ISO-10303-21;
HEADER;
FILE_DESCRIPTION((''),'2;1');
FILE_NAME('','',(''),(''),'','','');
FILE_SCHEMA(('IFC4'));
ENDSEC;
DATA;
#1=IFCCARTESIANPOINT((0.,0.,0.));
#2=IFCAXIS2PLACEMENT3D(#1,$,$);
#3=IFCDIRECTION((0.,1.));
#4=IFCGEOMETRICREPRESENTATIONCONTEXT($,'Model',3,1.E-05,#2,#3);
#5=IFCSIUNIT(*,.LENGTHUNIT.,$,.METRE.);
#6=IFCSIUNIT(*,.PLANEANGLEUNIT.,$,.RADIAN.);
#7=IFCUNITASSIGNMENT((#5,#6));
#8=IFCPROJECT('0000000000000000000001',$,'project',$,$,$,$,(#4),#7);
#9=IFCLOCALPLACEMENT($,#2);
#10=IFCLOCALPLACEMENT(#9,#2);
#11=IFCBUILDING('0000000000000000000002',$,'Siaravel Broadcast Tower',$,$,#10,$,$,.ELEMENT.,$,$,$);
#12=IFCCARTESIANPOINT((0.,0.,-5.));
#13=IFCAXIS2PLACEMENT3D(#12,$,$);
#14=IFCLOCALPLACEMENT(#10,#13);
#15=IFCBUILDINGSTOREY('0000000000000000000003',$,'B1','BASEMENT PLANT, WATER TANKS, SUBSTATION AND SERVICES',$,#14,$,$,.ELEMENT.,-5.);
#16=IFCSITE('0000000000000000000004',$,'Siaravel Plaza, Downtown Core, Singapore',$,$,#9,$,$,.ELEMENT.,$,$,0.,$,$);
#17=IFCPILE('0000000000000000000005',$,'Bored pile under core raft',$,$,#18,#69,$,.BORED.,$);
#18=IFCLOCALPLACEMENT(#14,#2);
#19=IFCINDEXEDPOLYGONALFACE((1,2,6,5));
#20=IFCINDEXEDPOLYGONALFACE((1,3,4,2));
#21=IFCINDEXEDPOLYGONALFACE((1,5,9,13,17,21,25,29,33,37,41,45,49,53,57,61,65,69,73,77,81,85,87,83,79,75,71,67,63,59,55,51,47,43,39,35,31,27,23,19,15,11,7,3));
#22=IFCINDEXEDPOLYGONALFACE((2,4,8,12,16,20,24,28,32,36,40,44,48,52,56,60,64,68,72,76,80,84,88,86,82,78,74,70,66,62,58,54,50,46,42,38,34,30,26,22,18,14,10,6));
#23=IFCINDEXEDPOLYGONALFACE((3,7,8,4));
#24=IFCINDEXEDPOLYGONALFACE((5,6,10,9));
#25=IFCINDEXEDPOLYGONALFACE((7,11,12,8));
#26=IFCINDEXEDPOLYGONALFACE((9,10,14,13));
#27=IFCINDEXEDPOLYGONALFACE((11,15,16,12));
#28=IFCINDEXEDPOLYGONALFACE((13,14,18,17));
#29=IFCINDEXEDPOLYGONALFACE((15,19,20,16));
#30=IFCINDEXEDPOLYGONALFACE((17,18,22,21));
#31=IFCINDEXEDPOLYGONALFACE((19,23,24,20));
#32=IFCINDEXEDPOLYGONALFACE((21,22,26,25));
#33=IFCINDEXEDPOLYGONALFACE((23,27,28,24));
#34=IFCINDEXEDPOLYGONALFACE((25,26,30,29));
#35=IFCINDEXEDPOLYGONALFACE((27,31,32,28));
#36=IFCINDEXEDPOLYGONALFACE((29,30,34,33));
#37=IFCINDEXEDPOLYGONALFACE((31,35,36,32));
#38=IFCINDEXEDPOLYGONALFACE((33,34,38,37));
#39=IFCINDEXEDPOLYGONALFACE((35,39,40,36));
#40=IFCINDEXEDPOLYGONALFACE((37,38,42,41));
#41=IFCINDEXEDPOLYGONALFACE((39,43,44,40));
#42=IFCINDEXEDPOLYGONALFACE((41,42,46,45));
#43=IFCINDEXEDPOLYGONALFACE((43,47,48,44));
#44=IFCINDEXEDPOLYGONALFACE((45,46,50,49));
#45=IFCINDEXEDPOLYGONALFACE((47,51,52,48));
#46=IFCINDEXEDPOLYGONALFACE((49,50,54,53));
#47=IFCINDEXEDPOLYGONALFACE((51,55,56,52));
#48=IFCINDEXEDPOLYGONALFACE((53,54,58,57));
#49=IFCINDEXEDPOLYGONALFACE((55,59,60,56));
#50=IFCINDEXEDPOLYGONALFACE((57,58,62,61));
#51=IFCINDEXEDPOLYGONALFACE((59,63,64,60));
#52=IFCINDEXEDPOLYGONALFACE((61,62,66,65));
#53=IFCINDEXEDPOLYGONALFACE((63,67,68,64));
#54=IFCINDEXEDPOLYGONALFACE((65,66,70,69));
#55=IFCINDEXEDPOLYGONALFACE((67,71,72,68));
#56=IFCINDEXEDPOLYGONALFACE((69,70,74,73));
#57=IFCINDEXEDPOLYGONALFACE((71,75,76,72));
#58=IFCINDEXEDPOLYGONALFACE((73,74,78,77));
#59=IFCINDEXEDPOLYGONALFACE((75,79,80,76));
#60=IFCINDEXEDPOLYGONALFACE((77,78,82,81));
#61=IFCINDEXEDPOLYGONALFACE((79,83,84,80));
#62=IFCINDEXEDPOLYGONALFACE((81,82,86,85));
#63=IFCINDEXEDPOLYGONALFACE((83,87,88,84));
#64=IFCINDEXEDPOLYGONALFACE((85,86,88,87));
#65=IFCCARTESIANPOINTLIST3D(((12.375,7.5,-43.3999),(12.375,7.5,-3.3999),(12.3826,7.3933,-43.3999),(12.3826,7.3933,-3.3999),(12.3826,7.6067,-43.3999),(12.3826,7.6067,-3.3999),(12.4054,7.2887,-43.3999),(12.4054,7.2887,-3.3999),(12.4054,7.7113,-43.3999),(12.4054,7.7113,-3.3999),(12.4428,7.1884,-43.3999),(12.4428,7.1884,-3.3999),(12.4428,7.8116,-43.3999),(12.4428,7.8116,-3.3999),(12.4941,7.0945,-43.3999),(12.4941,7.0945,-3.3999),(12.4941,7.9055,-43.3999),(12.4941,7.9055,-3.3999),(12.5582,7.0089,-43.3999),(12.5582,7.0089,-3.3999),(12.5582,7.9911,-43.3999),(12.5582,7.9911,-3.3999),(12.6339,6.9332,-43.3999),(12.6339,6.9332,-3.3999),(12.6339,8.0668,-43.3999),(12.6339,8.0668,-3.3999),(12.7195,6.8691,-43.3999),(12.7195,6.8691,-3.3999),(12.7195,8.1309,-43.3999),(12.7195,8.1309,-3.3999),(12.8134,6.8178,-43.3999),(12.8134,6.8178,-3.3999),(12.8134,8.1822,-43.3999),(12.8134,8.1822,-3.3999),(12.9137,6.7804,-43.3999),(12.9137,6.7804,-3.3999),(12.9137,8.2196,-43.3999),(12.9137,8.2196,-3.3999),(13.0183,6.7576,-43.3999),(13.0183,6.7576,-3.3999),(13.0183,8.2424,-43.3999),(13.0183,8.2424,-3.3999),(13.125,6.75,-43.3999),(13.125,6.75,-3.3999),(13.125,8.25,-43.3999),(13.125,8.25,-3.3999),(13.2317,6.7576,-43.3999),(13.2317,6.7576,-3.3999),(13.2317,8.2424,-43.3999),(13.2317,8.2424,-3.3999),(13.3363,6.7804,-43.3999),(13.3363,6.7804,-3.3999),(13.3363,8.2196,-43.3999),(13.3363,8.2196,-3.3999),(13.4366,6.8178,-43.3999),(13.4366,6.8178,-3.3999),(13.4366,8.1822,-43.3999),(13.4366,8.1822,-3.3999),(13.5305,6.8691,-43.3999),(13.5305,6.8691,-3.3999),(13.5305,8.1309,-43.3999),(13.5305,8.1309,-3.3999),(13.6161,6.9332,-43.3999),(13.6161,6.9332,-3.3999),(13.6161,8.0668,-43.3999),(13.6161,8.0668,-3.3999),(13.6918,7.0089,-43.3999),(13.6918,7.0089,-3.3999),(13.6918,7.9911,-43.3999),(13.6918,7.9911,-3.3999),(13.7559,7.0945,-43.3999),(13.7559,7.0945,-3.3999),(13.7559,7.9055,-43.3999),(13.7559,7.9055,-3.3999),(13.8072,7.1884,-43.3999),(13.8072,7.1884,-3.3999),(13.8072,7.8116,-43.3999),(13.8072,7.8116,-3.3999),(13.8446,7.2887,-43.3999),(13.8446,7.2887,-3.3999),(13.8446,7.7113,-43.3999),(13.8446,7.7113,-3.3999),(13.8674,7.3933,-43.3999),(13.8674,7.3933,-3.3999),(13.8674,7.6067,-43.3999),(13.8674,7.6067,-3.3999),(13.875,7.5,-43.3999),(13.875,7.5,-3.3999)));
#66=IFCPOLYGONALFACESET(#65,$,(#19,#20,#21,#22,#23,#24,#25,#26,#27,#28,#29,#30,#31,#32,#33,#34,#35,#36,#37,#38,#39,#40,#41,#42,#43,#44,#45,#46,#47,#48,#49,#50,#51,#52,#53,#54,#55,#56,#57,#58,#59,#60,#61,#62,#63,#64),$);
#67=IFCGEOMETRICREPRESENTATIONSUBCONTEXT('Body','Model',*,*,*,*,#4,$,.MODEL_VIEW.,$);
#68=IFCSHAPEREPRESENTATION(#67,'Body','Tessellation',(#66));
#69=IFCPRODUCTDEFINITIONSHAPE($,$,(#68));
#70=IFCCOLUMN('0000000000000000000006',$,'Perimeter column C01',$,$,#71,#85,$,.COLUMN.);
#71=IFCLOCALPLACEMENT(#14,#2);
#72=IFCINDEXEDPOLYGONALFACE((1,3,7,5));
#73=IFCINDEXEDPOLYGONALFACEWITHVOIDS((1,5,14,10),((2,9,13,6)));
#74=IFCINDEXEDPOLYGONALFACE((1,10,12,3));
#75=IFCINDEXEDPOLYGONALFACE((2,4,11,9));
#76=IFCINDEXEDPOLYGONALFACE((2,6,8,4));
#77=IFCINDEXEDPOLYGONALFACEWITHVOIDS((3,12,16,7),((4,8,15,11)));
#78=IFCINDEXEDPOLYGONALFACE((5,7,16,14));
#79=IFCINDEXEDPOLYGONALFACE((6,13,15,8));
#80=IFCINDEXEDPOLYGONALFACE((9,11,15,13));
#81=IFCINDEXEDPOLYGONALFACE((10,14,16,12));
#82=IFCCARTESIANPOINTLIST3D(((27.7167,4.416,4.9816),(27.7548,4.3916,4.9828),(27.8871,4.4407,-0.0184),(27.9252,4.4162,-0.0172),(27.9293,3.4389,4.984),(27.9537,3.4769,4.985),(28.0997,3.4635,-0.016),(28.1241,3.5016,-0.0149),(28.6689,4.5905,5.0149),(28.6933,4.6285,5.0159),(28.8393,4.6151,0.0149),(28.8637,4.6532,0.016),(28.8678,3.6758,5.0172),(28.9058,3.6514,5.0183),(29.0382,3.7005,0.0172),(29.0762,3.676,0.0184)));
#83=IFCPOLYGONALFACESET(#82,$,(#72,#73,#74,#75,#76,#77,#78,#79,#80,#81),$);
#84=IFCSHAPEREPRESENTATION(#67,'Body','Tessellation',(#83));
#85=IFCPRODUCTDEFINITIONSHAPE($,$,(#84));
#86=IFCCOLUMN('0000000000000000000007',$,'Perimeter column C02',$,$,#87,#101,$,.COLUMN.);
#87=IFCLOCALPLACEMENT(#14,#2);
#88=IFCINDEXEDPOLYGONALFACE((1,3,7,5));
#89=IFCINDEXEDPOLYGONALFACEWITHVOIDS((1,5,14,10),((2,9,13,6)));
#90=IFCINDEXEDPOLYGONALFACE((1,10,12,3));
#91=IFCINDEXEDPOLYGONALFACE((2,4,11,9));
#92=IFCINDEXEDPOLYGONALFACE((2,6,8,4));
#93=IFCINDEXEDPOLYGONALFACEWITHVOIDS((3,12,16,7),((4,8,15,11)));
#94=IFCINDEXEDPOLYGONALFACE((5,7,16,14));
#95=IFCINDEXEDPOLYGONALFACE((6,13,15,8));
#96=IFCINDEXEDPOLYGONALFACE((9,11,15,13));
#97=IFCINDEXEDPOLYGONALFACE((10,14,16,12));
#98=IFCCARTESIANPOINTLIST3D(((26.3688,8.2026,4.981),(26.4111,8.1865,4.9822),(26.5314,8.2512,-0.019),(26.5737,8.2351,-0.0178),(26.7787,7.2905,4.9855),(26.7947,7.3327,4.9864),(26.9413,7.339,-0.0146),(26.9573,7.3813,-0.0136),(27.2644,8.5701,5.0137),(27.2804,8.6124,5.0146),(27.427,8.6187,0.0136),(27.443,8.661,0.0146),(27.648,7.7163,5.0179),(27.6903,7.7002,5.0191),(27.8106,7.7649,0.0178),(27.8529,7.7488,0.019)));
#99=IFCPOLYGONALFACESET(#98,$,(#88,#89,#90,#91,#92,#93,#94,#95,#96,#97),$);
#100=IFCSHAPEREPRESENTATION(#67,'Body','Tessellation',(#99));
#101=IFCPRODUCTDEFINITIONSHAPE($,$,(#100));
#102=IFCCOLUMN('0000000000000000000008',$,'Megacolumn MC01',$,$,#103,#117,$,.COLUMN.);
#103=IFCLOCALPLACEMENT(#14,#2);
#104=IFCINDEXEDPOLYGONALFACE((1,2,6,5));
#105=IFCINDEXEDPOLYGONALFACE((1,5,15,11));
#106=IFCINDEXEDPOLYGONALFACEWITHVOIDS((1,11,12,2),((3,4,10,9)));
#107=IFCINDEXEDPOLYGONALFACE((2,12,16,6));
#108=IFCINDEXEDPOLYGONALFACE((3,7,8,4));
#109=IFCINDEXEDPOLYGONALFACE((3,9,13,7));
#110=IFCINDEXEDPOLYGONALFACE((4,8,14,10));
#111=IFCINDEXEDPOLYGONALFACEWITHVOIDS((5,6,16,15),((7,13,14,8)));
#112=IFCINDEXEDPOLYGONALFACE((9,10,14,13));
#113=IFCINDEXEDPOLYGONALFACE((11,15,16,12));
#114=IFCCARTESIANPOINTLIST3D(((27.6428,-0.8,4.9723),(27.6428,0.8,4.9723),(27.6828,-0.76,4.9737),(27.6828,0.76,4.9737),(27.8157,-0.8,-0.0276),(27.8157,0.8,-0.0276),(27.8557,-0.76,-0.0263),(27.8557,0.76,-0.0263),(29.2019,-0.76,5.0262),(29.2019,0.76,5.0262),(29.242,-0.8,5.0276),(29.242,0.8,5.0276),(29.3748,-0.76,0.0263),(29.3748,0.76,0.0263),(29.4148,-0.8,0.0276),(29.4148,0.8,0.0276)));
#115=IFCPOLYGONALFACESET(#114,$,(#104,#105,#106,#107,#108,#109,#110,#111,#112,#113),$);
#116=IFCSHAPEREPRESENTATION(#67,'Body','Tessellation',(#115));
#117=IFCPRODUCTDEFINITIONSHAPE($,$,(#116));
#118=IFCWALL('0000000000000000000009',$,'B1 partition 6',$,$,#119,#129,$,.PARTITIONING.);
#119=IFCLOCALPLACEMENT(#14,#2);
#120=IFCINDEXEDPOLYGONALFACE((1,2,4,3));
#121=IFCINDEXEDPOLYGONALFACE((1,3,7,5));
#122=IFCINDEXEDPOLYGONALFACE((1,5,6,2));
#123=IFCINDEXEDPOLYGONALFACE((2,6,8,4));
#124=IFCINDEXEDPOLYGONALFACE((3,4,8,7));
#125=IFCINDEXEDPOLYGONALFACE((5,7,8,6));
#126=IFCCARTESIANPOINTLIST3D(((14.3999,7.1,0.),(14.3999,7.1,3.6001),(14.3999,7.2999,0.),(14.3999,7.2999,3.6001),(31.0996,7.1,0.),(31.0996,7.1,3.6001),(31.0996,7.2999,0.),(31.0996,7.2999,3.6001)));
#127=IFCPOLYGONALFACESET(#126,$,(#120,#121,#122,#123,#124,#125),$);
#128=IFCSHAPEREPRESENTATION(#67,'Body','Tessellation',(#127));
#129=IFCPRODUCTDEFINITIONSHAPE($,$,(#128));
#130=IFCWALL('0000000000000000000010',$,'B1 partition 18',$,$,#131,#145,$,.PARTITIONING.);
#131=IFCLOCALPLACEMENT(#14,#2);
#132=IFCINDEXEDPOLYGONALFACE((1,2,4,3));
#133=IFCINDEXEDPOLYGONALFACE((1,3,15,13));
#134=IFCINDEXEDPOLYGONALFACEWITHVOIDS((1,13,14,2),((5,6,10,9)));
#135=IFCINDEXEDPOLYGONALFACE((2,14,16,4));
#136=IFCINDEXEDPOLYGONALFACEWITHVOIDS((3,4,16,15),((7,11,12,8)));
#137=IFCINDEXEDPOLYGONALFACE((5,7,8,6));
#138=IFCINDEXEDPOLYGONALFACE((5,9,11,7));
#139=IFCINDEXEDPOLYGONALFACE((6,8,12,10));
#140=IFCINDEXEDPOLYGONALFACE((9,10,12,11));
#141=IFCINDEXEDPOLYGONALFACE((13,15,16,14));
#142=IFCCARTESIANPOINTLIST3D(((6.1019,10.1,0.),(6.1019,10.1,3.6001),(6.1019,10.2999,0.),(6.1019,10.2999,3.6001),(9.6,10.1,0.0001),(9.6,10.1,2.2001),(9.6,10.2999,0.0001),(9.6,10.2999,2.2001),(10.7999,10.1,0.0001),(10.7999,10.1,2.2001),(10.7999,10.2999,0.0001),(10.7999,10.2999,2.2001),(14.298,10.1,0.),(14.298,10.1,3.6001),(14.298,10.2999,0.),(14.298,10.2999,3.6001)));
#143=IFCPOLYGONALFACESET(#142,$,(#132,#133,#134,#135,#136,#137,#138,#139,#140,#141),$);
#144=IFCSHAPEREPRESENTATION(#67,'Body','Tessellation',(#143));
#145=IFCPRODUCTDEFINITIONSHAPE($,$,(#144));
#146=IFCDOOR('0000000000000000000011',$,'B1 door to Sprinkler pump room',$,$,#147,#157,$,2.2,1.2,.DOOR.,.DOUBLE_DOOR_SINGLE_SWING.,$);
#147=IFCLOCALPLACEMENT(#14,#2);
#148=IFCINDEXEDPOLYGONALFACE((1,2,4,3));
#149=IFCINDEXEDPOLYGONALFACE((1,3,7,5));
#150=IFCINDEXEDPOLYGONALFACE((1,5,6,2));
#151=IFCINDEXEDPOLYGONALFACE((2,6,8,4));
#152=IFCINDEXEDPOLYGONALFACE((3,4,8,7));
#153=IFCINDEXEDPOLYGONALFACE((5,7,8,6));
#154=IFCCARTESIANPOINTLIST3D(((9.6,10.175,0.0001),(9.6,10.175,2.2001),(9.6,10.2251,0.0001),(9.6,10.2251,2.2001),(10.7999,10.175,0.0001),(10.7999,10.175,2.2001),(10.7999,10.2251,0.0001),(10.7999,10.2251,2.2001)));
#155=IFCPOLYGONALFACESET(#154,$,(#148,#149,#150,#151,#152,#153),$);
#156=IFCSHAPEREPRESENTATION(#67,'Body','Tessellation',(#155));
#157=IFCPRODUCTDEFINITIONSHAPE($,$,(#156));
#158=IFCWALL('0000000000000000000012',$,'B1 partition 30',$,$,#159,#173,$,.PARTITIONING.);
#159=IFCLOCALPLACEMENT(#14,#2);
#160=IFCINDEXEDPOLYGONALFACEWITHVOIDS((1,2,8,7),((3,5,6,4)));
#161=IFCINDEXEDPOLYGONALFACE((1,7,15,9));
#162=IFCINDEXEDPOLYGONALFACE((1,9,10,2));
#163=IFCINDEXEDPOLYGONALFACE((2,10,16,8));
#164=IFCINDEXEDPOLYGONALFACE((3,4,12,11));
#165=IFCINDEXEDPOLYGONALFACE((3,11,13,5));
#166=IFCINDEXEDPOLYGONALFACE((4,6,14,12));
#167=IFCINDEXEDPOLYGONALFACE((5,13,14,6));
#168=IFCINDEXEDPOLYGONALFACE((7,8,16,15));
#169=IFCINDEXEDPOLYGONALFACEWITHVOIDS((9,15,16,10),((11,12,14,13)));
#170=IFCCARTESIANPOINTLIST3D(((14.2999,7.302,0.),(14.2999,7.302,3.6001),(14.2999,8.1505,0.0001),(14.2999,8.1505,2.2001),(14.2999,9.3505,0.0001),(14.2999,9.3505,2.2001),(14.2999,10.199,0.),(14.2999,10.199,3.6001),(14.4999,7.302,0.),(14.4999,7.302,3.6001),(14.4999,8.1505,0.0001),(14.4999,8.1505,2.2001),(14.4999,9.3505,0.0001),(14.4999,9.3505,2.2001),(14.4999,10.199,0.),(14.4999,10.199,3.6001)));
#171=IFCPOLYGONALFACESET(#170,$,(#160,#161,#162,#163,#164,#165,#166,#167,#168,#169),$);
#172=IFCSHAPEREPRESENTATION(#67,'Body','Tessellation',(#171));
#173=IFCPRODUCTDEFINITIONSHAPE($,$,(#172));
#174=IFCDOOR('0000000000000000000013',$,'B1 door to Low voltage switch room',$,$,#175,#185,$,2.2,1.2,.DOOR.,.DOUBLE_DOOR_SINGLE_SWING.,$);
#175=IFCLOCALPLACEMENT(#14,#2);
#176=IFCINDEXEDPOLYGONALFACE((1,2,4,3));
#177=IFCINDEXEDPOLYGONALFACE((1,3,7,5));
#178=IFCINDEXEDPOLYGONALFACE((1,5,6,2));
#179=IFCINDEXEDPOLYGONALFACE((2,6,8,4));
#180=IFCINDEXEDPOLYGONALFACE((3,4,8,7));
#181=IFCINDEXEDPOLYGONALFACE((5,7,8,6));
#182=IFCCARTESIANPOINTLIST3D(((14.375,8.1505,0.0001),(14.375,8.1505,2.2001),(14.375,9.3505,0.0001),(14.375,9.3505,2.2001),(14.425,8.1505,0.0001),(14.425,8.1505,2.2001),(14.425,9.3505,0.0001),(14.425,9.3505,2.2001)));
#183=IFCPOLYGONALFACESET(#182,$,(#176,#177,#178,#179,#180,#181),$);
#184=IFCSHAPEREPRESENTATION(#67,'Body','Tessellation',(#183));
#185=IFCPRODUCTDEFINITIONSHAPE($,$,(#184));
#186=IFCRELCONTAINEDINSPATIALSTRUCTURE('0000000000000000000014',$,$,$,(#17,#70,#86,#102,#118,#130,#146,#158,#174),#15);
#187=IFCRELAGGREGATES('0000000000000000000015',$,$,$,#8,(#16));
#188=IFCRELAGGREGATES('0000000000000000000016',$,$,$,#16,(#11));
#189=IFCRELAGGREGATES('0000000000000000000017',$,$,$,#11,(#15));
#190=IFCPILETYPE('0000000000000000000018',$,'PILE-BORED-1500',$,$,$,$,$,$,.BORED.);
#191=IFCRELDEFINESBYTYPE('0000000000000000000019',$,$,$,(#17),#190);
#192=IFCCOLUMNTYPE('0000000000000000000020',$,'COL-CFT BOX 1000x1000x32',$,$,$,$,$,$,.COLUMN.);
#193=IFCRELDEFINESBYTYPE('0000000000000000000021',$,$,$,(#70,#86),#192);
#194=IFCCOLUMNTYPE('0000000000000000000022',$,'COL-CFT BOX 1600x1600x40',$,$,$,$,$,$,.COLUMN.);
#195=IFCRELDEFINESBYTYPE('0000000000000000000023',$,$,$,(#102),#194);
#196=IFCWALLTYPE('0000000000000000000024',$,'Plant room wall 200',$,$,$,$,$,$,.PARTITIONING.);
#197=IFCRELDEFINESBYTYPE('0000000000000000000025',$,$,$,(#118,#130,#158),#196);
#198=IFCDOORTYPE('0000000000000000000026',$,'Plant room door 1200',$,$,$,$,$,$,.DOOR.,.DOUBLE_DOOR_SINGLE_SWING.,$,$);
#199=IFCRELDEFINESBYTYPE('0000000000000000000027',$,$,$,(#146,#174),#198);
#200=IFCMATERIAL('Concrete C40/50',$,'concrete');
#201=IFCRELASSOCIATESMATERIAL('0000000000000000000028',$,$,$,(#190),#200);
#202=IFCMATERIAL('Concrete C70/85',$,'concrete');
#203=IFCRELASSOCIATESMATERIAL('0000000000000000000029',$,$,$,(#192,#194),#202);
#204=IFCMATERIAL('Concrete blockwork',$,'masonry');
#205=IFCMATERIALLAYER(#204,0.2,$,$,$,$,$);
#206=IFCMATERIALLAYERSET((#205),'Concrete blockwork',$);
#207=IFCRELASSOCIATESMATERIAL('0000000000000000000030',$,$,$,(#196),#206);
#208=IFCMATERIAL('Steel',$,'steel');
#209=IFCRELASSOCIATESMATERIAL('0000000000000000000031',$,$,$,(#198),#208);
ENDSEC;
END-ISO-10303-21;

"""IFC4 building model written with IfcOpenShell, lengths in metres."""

from ifc_helpers import new_model, si_unit, direction, frame, frame_2d, origin, origin_2d, place, context, subcontext, project, spatial, rectangle, hollow_rectangle, circle, extrude, material, layer, layer_set, material_profile, profile_set, type_object, element, fill, save


model = new_model("IFC4")

# Units and contexts
model_context = context("Model", 3, precision=1e-05, world=origin(), true_north=direction((0.0, 1.0)))
body_context = subcontext(model_context, "Body", "Model", "MODEL_VIEW")
ifc_project = project(units=[si_unit("LENGTHUNIT", "METRE"), si_unit("PLANEANGLEUNIT", "RADIAN")], contexts=[model_context])

# Site, building, storey
site_placement = place(None, origin())
site = spatial("IfcSite", under=ifc_project, at=site_placement, Name="Siaravel Plaza, Downtown Core, Singapore", CompositionType="ELEMENT", RefElevation=0.0)
building_placement = place(site_placement, origin())
building = spatial("IfcBuilding", under=site, at=building_placement, Name="Siaravel Broadcast Tower", CompositionType="ELEMENT")
storey_placement = place(building_placement, frame((0.0, 0.0, -5.0)))
storey = spatial("IfcBuildingStorey", under=building, at=storey_placement, Name="B1", Description="BASEMENT PLANT, WATER TANKS, SUBSTATION AND SERVICES", CompositionType="ELEMENT", Elevation=-5.0)

# Shared definitions
ifc_material_1 = material(Name="Concrete C40/50", Category="concrete")

# Pile
ifc_material_profile_1 = material_profile(ifc_material_1, circle(Radius=0.75, at=origin_2d()))
ifc_profile_set_1 = profile_set([ifc_material_profile_1], Name="Concrete C40/50")
pile_type_1 = type_object("IfcPileType", Name="PILE-BORED-1500", PredefinedType="BORED", material=ifc_profile_set_1)
for number, where, z_axis, x_axis, name in (
    (1, (13.125, 7.5, -3.3999), (0.0, 0.0, -1.0), (1.0, 0.0, 0.0), "Bored pile under core raft"),
):
    element("IfcPile", number, at=place(storey_placement, frame(where, z_axis=z_axis, x_axis=x_axis)), inside=storey, type_object=pile_type_1, Name=name, PredefinedType="BORED", context=body_context, shape_type="SweptSolid", body=[
        extrude(circle(Radius=0.75, at=origin_2d()), origin(), (0.0, 0.0, 1.0), 40.0),
    ])

# Columns
ifc_material_2 = material(Name="Concrete C70/85", Category="concrete")
ifc_material_profile_2 = material_profile(ifc_material_2, hollow_rectangle(XDim=1.0, YDim=1.0, WallThickness=0.032, at=origin_2d()))
ifc_profile_set_2 = profile_set([ifc_material_profile_2], Name="Concrete C70/85")
column_type_1 = type_object("IfcColumnType", Name="COL-CFT BOX 1000x1000x32", PredefinedType="COLUMN", material=ifc_profile_set_2)
for number, where, z_axis, x_axis, name in (
    (2, (28.4817, 4.0583, 0.0), (-0.034062, -0.004929, 0.999408), (0.21252, -0.977154, 0.002424), "Perimeter column C01"),
    (3, (27.1921, 8.0, 0.0), (-0.032501, -0.009711, 0.999425), (0.409852, -0.912141, 0.004465), "Perimeter column C02"),
):
    element("IfcColumn", number, at=place(storey_placement, frame(where, z_axis=z_axis, x_axis=x_axis)), inside=storey, type_object=column_type_1, Name=name, PredefinedType="COLUMN", context=body_context, shape_type="SweptSolid", body=[
        extrude(hollow_rectangle(XDim=1.0, YDim=1.0, WallThickness=0.032, at=origin_2d()), origin(), (0.0, 0.0, 1.0), 5.0029),
    ])
ifc_material_profile_3 = material_profile(ifc_material_2, hollow_rectangle(XDim=1.6001, YDim=1.6001, WallThickness=0.04, at=origin_2d()))
ifc_profile_set_3 = profile_set([ifc_material_profile_3], Name="Concrete C70/85")
column_type_2 = type_object("IfcColumnType", Name="COL-CFT BOX 1600x1600x40", PredefinedType="COLUMN", material=ifc_profile_set_3)
column_placement = place(storey_placement, frame((28.6152, 0.0, 0.0), z_axis=(-0.03455, 0.0, 0.999403), x_axis=(0.0, -1.0, 0.0)))
element("IfcColumn", 4, at=column_placement, inside=storey, type_object=column_type_2, Name="Megacolumn MC01", PredefinedType="COLUMN", context=body_context, shape_type="SweptSolid", body=[
    extrude(hollow_rectangle(XDim=1.6001, YDim=1.6001, WallThickness=0.04, at=origin_2d()), origin(), (0.0, 0.0, 1.0), 5.0029),
])

# Wall
ifc_material_3 = material(Name="Concrete blockwork", Category="masonry")
ifc_layer = layer(ifc_material_3, 0.2)
ifc_layer_set = layer_set([ifc_layer], Name="Concrete blockwork")
wall_type = type_object("IfcWallType", Name="Plant room wall 200", PredefinedType="PARTITIONING", material=ifc_layer_set)
wall_1_placement = place(storey_placement, frame((31.0996, 7.2, 0.0), z_axis=(0.0, 0.0, 1.0), x_axis=(-1.0, 0.0, 0.0)))
element("IfcWall", 5, at=wall_1_placement, inside=storey, type_object=wall_type, Name="B1 partition 6", PredefinedType="PARTITIONING", context=body_context, shape_type="SweptSolid", body=[
    extrude(rectangle(XDim=16.6997, YDim=0.2, at=frame_2d((8.3499, 0.0))), origin(), (0.0, 0.0, 1.0), 3.6001),
])

# Walls, openings, doors
wall_2_placement = place(storey_placement, frame((14.2981, 10.2, 0.0), z_axis=(0.0, 0.0, 1.0), x_axis=(-1.0, 0.0, 0.0)))
wall_2 = element("IfcWall", 6, at=wall_2_placement, inside=storey, type_object=wall_type, Name="B1 partition 18", PredefinedType="PARTITIONING", context=body_context, shape_type="SweptSolid", body=[
    extrude(rectangle(XDim=8.196, YDim=0.2, at=frame_2d((4.0981, 0.0))), origin(), (0.0, 0.0, 1.0), 3.6001),
])
opening_1_placement = place(wall_2_placement, frame((3.498, 0.0, 0.0)))
opening_1 = element("IfcOpeningElement", 7, at=opening_1_placement, cuts=wall_2, PredefinedType="OPENING", context=body_context, shape_type="SweptSolid", body=[
    extrude(rectangle(XDim=1.2, YDim=2.2, at=frame_2d((0.6001, 1.1001))), frame((0.0, 0.1099, 0.0), z_axis=(0.0, -1.0, 0.0), x_axis=(1.0, 0.0, 0.0)), (0.0, 0.0, 1.0), 0.22),
])
ifc_material_4 = material(Name="Steel", Category="steel")
door_type = type_object("IfcDoorType", Name="Plant room door 1200", OperationType="DOUBLE_DOOR_SINGLE_SWING", PredefinedType="DOOR", material=ifc_material_4)
door_1_placement = place(opening_1_placement, origin())
door_1 = element("IfcDoor", 8, at=door_1_placement, inside=storey, type_object=door_type, Name="B1 door to Sprinkler pump room", OperationType="DOUBLE_DOOR_SINGLE_SWING", OverallHeight=2.2, OverallWidth=1.2, PredefinedType="DOOR", context=body_context, shape_type="SweptSolid", body=[
    extrude(rectangle(XDim=1.2, YDim=2.2, at=frame_2d((0.6001, 1.1001))), frame((0.0, 0.0249, 0.0), z_axis=(0.0, -1.0, 0.0), x_axis=(1.0, 0.0, 0.0)), (0.0, 0.0, 1.0), 0.05),
])
fill(opening_1, door_1)
wall_3_placement = place(storey_placement, frame((14.3999, 7.302, 0.0), z_axis=(0.0, 0.0, 1.0), x_axis=(0.0, 1.0, 0.0)))
wall_3 = element("IfcWall", 9, at=wall_3_placement, inside=storey, type_object=wall_type, Name="B1 partition 30", PredefinedType="PARTITIONING", context=body_context, shape_type="SweptSolid", body=[
    extrude(rectangle(XDim=2.897, YDim=0.2, at=frame_2d((1.4485, 0.0))), origin(), (0.0, 0.0, 1.0), 3.6001),
])
opening_2_placement = place(wall_3_placement, frame((0.8484, 0.0, 0.0)))
opening_2 = element("IfcOpeningElement", 10, at=opening_2_placement, cuts=wall_3, PredefinedType="OPENING", context=body_context, shape_type="SweptSolid", body=[
    extrude(rectangle(XDim=1.2, YDim=2.2, at=frame_2d((0.6001, 1.1001))), frame((0.0, 0.1099, 0.0), z_axis=(0.0, -1.0, 0.0), x_axis=(1.0, 0.0, 0.0)), (0.0, 0.0, 1.0), 0.22),
])
door_2_placement = place(opening_2_placement, origin())
door_2 = element("IfcDoor", 11, at=door_2_placement, inside=storey, type_object=door_type, Name="B1 door to Low voltage switch room", OperationType="DOUBLE_DOOR_SINGLE_SWING", OverallHeight=2.2, OverallWidth=1.2, PredefinedType="DOOR", context=body_context, shape_type="SweptSolid", body=[
    extrude(rectangle(XDim=1.2, YDim=2.2, at=frame_2d((0.6001, 1.1001))), frame((0.0, 0.0249, 0.0), z_axis=(0.0, -1.0, 0.0), x_axis=(1.0, 0.0, 0.0)), (0.0, 0.0, 1.0), 0.05),
])
fill(opening_2, door_2)

save(model, "model.ifc")
